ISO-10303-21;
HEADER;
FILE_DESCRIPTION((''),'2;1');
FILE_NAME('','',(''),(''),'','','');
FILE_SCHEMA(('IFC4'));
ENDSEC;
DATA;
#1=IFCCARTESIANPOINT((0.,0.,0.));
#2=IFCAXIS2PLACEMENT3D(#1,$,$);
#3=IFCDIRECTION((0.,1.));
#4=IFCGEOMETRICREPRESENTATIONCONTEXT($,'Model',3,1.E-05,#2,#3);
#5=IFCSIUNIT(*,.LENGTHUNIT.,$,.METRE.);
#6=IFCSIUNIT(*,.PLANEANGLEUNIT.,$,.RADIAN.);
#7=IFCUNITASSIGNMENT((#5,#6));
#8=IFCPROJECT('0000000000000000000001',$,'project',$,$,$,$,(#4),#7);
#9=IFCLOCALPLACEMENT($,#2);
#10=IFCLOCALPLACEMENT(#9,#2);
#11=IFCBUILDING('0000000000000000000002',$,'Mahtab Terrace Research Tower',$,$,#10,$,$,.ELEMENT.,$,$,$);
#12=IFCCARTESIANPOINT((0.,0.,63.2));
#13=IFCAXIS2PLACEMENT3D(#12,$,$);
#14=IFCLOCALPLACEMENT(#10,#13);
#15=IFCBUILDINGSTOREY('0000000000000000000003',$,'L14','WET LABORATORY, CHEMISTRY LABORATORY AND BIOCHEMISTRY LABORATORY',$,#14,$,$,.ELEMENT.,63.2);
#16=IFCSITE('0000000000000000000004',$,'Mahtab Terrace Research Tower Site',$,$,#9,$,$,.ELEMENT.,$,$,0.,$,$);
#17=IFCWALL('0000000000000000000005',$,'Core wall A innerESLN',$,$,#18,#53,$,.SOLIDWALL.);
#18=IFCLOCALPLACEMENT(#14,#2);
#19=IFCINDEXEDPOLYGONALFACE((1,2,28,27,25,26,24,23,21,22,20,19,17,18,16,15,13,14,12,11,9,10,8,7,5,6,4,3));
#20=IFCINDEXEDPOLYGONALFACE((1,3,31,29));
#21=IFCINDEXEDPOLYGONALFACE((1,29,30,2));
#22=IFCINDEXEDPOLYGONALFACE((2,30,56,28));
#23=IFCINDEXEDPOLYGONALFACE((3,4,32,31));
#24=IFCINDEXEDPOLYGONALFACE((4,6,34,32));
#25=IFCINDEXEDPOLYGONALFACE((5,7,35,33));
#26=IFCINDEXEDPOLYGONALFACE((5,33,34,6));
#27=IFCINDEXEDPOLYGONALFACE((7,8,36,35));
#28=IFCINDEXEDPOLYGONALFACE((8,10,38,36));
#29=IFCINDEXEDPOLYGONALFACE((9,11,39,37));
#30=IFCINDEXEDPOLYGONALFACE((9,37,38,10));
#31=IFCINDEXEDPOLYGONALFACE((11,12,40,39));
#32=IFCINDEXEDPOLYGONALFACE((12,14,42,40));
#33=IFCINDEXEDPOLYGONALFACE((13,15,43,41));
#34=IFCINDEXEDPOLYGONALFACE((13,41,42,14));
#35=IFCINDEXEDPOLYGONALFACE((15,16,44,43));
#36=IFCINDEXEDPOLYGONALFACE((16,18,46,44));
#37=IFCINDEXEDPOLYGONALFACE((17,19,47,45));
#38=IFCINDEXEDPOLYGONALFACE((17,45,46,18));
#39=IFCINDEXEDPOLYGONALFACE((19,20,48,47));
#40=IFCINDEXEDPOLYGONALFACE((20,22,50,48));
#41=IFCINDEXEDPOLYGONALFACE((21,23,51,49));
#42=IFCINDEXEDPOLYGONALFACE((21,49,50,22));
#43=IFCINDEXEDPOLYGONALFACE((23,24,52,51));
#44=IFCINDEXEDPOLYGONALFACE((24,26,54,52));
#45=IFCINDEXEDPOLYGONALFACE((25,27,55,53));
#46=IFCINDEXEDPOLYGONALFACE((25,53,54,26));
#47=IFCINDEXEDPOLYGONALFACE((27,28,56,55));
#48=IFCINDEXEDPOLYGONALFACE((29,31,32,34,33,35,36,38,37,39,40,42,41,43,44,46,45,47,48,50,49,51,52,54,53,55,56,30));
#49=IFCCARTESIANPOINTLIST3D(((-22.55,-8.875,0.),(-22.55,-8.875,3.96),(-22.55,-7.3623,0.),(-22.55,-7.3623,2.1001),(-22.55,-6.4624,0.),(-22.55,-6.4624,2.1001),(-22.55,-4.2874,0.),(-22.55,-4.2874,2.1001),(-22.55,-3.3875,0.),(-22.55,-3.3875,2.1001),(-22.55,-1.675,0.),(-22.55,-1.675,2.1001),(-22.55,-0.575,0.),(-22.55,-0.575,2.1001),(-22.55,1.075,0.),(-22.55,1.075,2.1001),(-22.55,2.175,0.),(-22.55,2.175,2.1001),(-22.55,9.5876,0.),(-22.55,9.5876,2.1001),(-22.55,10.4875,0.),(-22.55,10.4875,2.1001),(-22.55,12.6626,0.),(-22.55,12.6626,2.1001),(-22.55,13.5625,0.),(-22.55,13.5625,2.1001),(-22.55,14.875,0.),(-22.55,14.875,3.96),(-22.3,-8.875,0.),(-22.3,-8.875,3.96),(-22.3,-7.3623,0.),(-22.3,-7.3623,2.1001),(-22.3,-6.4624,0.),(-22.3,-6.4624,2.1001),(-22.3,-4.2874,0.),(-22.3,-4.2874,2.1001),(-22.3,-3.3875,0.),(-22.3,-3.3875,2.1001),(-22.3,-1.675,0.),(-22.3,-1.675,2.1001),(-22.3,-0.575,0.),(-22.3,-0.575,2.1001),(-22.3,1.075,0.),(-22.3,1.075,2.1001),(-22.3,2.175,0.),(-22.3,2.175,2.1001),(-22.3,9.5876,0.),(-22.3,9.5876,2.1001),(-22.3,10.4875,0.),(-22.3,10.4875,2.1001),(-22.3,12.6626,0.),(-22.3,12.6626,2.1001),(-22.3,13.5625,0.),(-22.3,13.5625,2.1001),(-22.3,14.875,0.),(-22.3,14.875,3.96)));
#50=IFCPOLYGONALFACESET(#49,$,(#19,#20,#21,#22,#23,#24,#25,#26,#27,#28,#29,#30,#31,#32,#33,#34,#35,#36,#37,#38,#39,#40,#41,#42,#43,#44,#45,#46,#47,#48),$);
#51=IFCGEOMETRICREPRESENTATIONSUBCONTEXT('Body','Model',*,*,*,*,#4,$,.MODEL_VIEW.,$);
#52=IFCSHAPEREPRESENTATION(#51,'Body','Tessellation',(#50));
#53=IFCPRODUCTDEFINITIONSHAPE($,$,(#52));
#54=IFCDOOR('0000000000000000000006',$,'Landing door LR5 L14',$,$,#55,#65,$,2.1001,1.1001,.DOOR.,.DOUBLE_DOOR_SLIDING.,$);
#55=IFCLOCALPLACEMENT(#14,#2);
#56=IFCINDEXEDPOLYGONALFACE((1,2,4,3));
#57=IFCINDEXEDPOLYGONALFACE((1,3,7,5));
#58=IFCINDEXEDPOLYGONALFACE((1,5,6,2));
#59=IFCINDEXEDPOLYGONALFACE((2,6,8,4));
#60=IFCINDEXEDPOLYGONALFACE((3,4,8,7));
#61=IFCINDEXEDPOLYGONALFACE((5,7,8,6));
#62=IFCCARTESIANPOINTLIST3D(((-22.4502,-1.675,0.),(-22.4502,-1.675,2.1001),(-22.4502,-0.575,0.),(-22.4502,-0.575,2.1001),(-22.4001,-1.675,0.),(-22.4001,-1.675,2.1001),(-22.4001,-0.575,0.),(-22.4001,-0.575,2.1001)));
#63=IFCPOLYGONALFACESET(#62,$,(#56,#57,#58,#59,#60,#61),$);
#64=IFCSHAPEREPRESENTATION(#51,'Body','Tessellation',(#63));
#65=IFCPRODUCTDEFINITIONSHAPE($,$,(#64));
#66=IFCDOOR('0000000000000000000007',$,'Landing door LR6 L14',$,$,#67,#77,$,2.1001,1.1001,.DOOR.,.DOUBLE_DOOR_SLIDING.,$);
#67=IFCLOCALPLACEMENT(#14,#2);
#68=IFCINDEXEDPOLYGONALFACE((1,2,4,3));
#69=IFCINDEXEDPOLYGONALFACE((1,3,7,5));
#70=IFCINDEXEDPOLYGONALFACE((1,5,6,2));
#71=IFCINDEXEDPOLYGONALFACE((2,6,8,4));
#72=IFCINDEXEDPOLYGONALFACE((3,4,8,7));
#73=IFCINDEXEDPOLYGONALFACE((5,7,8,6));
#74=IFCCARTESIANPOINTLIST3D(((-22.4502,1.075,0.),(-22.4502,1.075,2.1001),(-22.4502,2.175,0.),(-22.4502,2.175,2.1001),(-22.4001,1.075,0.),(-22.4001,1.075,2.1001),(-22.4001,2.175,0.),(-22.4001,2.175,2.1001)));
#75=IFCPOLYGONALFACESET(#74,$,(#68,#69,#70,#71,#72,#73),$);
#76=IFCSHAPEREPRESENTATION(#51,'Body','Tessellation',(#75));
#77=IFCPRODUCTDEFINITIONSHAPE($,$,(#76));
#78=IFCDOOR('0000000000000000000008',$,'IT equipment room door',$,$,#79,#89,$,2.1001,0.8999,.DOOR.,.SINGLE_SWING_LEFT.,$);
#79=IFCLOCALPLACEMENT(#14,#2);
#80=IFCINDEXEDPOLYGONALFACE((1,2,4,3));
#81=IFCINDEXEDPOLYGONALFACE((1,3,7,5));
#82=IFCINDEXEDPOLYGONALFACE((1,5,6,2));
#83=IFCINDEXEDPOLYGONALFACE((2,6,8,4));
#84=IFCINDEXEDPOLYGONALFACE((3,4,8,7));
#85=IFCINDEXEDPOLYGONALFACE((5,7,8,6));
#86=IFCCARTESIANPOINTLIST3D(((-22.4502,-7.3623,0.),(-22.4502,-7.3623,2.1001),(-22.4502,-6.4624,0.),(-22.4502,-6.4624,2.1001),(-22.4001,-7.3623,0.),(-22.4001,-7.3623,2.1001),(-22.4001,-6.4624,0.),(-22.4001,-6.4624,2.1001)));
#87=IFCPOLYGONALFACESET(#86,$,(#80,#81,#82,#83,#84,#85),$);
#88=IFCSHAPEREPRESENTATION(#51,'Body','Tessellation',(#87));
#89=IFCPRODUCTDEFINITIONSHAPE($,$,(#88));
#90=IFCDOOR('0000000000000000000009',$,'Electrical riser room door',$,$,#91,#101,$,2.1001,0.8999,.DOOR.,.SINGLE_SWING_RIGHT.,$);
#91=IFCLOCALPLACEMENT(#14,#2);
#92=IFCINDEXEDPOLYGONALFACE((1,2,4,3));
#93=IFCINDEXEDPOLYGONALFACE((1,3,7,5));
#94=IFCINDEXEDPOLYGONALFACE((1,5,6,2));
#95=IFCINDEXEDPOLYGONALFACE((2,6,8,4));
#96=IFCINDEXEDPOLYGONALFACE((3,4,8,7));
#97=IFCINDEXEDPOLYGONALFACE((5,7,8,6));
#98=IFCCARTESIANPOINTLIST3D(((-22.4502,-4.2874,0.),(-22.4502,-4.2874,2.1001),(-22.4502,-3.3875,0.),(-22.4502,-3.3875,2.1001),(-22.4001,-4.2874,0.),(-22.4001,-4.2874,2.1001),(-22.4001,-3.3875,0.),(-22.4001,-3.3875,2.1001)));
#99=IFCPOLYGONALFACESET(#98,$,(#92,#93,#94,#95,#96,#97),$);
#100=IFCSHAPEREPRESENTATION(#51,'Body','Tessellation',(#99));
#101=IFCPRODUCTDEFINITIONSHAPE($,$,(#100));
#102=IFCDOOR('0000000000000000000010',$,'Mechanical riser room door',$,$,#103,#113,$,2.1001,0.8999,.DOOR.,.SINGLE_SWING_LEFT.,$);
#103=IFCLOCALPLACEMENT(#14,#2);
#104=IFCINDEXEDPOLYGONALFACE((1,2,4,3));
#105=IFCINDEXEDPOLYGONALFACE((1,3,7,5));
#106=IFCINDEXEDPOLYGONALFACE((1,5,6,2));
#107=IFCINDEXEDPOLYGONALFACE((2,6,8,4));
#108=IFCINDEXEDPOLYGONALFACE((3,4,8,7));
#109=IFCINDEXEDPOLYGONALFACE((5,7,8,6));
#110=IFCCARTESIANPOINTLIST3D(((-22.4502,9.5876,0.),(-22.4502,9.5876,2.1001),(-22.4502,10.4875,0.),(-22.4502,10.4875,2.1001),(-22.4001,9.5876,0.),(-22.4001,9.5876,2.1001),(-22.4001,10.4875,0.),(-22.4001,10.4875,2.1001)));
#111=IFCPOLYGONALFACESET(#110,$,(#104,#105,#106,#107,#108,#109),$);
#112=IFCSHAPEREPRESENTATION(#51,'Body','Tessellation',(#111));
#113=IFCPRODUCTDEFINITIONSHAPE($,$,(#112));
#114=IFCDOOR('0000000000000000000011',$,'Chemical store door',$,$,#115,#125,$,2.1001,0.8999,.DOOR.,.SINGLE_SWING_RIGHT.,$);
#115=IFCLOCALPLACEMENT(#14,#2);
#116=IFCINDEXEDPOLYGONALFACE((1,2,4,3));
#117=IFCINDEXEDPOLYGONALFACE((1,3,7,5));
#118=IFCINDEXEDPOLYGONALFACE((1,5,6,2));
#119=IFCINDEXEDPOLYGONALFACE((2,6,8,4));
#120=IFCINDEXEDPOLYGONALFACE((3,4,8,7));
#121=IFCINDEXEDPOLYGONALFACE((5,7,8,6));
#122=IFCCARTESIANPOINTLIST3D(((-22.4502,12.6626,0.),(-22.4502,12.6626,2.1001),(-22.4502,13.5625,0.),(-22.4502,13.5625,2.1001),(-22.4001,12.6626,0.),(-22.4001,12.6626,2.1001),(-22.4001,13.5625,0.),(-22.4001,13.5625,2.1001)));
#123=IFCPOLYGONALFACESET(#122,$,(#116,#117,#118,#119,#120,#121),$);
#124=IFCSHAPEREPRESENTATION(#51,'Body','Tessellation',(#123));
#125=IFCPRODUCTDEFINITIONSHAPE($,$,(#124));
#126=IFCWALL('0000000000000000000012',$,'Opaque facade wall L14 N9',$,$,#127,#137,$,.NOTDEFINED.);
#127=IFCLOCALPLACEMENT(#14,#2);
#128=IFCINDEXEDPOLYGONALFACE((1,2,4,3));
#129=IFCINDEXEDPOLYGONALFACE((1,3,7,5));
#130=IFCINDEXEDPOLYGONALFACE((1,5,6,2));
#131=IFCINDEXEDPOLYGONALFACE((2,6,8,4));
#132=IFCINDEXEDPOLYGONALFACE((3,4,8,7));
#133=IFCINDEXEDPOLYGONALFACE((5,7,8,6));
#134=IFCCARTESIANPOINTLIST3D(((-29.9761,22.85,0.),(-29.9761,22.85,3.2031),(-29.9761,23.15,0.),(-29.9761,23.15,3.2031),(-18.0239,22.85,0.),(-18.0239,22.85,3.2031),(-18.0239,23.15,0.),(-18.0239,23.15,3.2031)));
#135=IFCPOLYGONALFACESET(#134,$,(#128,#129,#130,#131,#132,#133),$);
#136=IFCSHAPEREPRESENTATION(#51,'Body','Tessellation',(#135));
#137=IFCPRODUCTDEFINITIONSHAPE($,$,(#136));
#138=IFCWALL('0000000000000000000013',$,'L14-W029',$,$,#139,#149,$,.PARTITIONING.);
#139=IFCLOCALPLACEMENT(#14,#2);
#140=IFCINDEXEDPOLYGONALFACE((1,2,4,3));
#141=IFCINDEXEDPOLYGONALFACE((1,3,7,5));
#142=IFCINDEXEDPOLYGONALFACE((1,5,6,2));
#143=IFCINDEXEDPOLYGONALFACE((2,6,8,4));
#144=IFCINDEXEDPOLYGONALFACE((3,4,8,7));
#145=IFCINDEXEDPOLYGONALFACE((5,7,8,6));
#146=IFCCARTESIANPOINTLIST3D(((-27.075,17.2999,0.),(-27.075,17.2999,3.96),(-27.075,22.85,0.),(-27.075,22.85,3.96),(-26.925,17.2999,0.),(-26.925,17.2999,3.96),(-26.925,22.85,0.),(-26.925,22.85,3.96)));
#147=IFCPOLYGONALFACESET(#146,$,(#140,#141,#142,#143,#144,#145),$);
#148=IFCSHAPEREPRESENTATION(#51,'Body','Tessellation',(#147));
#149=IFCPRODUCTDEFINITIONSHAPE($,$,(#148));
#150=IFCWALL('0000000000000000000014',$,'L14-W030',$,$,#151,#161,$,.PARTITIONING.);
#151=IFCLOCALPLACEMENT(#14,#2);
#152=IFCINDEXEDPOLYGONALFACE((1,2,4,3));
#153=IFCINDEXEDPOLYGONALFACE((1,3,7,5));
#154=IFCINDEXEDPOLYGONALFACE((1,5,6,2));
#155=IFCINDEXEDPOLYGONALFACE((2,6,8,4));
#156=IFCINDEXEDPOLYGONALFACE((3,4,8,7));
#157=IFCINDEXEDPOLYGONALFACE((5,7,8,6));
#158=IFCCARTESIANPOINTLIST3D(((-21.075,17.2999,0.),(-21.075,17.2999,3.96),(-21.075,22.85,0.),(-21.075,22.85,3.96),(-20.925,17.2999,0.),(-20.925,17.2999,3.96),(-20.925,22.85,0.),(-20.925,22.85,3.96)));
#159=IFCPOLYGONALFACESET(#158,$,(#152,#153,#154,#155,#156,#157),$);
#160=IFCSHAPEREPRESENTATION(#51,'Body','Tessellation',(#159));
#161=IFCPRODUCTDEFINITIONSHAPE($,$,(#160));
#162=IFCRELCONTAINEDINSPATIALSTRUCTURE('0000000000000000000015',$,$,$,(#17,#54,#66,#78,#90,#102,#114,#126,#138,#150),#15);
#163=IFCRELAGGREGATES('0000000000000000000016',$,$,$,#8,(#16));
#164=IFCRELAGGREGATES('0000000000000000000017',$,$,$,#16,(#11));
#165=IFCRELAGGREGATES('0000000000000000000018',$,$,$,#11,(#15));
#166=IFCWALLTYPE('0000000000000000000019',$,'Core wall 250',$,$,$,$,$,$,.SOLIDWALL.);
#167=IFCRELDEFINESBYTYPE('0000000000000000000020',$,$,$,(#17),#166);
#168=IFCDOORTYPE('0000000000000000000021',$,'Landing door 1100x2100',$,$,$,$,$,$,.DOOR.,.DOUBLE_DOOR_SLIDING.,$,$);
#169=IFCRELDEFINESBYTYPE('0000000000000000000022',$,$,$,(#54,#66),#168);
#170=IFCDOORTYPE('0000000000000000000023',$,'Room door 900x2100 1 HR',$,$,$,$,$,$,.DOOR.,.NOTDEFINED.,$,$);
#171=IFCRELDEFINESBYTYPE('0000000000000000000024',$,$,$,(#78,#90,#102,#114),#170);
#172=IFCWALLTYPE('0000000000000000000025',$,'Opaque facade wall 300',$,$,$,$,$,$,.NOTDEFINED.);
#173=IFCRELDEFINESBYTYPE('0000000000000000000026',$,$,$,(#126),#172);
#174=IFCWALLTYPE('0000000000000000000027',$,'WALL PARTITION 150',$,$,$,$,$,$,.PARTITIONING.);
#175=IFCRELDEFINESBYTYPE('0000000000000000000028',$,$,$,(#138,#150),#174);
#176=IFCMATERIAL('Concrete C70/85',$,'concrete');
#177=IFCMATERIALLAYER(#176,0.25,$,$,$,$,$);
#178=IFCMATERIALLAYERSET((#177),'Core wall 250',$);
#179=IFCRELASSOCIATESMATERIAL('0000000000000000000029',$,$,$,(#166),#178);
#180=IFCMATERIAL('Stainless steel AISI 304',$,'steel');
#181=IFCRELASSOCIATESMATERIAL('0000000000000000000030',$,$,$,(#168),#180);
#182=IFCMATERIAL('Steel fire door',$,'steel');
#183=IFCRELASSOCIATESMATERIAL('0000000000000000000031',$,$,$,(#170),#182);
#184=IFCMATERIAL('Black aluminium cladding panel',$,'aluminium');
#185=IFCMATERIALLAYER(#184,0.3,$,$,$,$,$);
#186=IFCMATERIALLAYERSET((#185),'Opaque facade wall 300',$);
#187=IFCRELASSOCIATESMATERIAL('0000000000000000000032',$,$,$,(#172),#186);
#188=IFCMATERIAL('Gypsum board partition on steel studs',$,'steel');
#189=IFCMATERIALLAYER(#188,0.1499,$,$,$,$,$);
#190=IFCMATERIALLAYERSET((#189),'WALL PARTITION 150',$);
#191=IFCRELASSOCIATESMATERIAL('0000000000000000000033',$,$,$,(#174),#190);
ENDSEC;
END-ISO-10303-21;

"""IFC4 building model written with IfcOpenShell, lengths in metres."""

from ifc_helpers import new_model, si_unit, direction, frame, frame_2d, origin, place, context, subcontext, project, spatial, rectangle, extrude, material, layer, layer_set, type_object, element, fill, save


model = new_model("IFC4")

# Units and contexts
model_context = context("Model", 3, precision=1e-05, world=origin(), true_north=direction((0.0, 1.0)))
body_context = subcontext(model_context, "Body", "Model", "MODEL_VIEW")
ifc_project = project(units=[si_unit("LENGTHUNIT", "METRE"), si_unit("PLANEANGLEUNIT", "RADIAN")], contexts=[model_context])

# Site, building, storey
site_placement = place(None, origin())
site = spatial("IfcSite", under=ifc_project, at=site_placement, Name="Mahtab Terrace Research Tower Site", CompositionType="ELEMENT", RefElevation=0.0)
building_placement = place(site_placement, origin())
building = spatial("IfcBuilding", under=site, at=building_placement, Name="Mahtab Terrace Research Tower", CompositionType="ELEMENT")
storey_placement = place(building_placement, frame((0.0, 0.0, 63.2)))
storey = spatial("IfcBuildingStorey", under=building, at=storey_placement, Name="L14", Description="WET LABORATORY, CHEMISTRY LABORATORY AND BIOCHEMISTRY LABORATORY", CompositionType="ELEMENT", Elevation=63.2)

# Shared definitions
ifc_material_1 = material(Name="Concrete C70/85", Category="concrete")
ifc_layer_1 = layer(ifc_material_1, 0.25)
ifc_layer_set_1 = layer_set([ifc_layer_1], Name="Core wall 250")
wall_type_1 = type_object("IfcWallType", Name="Core wall 250", PredefinedType="SOLIDWALL", material=ifc_layer_set_1)

# Shared definitions
ifc_material_2 = material(Name="Steel fire door", Category="steel")

# Wall, openings, doors
wall_1_placement = place(storey_placement, frame((-22.425, 14.875, 0.0), z_axis=(0.0, 0.0, 1.0), x_axis=(0.0, -1.0, 0.0)))
wall_1 = element("IfcWall", 1, at=wall_1_placement, inside=storey, type_object=wall_type_1, Name="Core wall A innerESLN", PredefinedType="SOLIDWALL", context=body_context, shape_type="SweptSolid", body=[
    extrude(rectangle(XDim=23.75, YDim=0.25, at=frame_2d((11.875, 0.0))), origin(), (0.0, 0.0, 1.0), 3.96),
])
opening_1_placement = place(wall_1_placement, frame((15.45, 0.0, 0.0)))
opening_1 = element("IfcOpeningElement", 2, at=opening_1_placement, cuts=wall_1, PredefinedType="OPENING", context=body_context, shape_type="SweptSolid", body=[
    extrude(rectangle(XDim=1.1001, YDim=2.1001, at=frame_2d((0.55, 1.05))), frame((0.0, 0.135, 0.0), z_axis=(0.0, -1.0, 0.0), x_axis=(1.0, 0.0, 0.0)), (0.0, 0.0, 1.0), 0.27),
])
opening_2_placement = place(wall_1_placement, frame((12.7, 0.0, 0.0)))
opening_2 = element("IfcOpeningElement", 3, at=opening_2_placement, cuts=wall_1, PredefinedType="OPENING", context=body_context, shape_type="SweptSolid", body=[
    extrude(rectangle(XDim=1.1001, YDim=2.1001, at=frame_2d((0.55, 1.05))), frame((0.0, 0.135, 0.0), z_axis=(0.0, -1.0, 0.0), x_axis=(1.0, 0.0, 0.0)), (0.0, 0.0, 1.0), 0.27),
])
opening_3_placement = place(wall_1_placement, frame((21.3374, 0.0, 0.0)))
opening_3 = element("IfcOpeningElement", 4, at=opening_3_placement, cuts=wall_1, PredefinedType="OPENING", context=body_context, shape_type="SweptSolid", body=[
    extrude(rectangle(XDim=0.8999, YDim=2.1001, at=frame_2d((0.45, 1.05))), frame((0.0, 0.135, 0.0), z_axis=(0.0, -1.0, 0.0), x_axis=(1.0, 0.0, 0.0)), (0.0, 0.0, 1.0), 0.27),
])
opening_4_placement = place(wall_1_placement, frame((18.2625, 0.0, 0.0)))
opening_4 = element("IfcOpeningElement", 5, at=opening_4_placement, cuts=wall_1, PredefinedType="OPENING", context=body_context, shape_type="SweptSolid", body=[
    extrude(rectangle(XDim=0.8999, YDim=2.1001, at=frame_2d((0.45, 1.05))), frame((0.0, 0.135, 0.0), z_axis=(0.0, -1.0, 0.0), x_axis=(1.0, 0.0, 0.0)), (0.0, 0.0, 1.0), 0.27),
])
opening_5_placement = place(wall_1_placement, frame((4.3875, 0.0, 0.0)))
opening_5 = element("IfcOpeningElement", 6, at=opening_5_placement, cuts=wall_1, PredefinedType="OPENING", context=body_context, shape_type="SweptSolid", body=[
    extrude(rectangle(XDim=0.8999, YDim=2.1001, at=frame_2d((0.45, 1.05))), frame((0.0, 0.135, 0.0), z_axis=(0.0, -1.0, 0.0), x_axis=(1.0, 0.0, 0.0)), (0.0, 0.0, 1.0), 0.27),
])
opening_6_placement = place(wall_1_placement, frame((1.3125, 0.0, 0.0)))
opening_6 = element("IfcOpeningElement", 7, at=opening_6_placement, cuts=wall_1, PredefinedType="OPENING", context=body_context, shape_type="SweptSolid", body=[
    extrude(rectangle(XDim=0.8999, YDim=2.1001, at=frame_2d((0.45, 1.05))), frame((0.0, 0.135, 0.0), z_axis=(0.0, -1.0, 0.0), x_axis=(1.0, 0.0, 0.0)), (0.0, 0.0, 1.0), 0.27),
])
ifc_material_3 = material(Name="Stainless steel AISI 304", Category="steel")
door_type_1 = type_object("IfcDoorType", Name="Landing door 1100x2100", OperationType="DOUBLE_DOOR_SLIDING", PredefinedType="DOOR", material=ifc_material_3)
door_1_placement = place(opening_1_placement, origin())
door_1 = element("IfcDoor", 8, at=door_1_placement, inside=storey, type_object=door_type_1, Name="Landing door LR5 L14", OperationType="DOUBLE_DOOR_SLIDING", OverallHeight=2.1001, OverallWidth=1.1001, PredefinedType="DOOR", context=body_context, shape_type="SweptSolid", body=[
    extrude(rectangle(XDim=1.1001, YDim=2.1001, at=frame_2d((0.55, 1.05))), frame((0.0, 0.0249, 0.0), z_axis=(0.0, -1.0, 0.0), x_axis=(1.0, 0.0, 0.0)), (0.0, 0.0, 1.0), 0.05),
])
fill(opening_1, door_1)
door_2_placement = place(opening_2_placement, origin())
door_2 = element("IfcDoor", 9, at=door_2_placement, inside=storey, type_object=door_type_1, Name="Landing door LR6 L14", OperationType="DOUBLE_DOOR_SLIDING", OverallHeight=2.1001, OverallWidth=1.1001, PredefinedType="DOOR", context=body_context, shape_type="SweptSolid", body=[
    extrude(rectangle(XDim=1.1001, YDim=2.1001, at=frame_2d((0.55, 1.05))), frame((0.0, 0.0249, 0.0), z_axis=(0.0, -1.0, 0.0), x_axis=(1.0, 0.0, 0.0)), (0.0, 0.0, 1.0), 0.05),
])
fill(opening_2, door_2)
door_type_2 = type_object("IfcDoorType", Name="Room door 900x2100 1 HR", OperationType="NOTDEFINED", PredefinedType="DOOR", material=ifc_material_2)
door_3_placement = place(opening_3_placement, origin())
door_3 = element("IfcDoor", 10, at=door_3_placement, inside=storey, type_object=door_type_2, Name="IT equipment room door", OperationType="SINGLE_SWING_LEFT", OverallHeight=2.1001, OverallWidth=0.8999, PredefinedType="DOOR", context=body_context, shape_type="SweptSolid", body=[
    extrude(rectangle(XDim=0.8999, YDim=2.1001, at=frame_2d((0.45, 1.05))), frame((0.0, 0.0249, 0.0), z_axis=(0.0, -1.0, 0.0), x_axis=(1.0, 0.0, 0.0)), (0.0, 0.0, 1.0), 0.05),
])
fill(opening_3, door_3)
door_4_placement = place(opening_4_placement, origin())
door_4 = element("IfcDoor", 11, at=door_4_placement, inside=storey, type_object=door_type_2, Name="Electrical riser room door", OperationType="SINGLE_SWING_RIGHT", OverallHeight=2.1001, OverallWidth=0.8999, PredefinedType="DOOR", context=body_context, shape_type="SweptSolid", body=[
    extrude(rectangle(XDim=0.8999, YDim=2.1001, at=frame_2d((0.45, 1.05))), frame((0.0, 0.0249, 0.0), z_axis=(0.0, -1.0, 0.0), x_axis=(1.0, 0.0, 0.0)), (0.0, 0.0, 1.0), 0.05),
])
fill(opening_4, door_4)
door_5_placement = place(opening_5_placement, origin())
door_5 = element("IfcDoor", 12, at=door_5_placement, inside=storey, type_object=door_type_2, Name="Mechanical riser room door", OperationType="SINGLE_SWING_LEFT", OverallHeight=2.1001, OverallWidth=0.8999, PredefinedType="DOOR", context=body_context, shape_type="SweptSolid", body=[
    extrude(rectangle(XDim=0.8999, YDim=2.1001, at=frame_2d((0.45, 1.05))), frame((0.0, 0.0249, 0.0), z_axis=(0.0, -1.0, 0.0), x_axis=(1.0, 0.0, 0.0)), (0.0, 0.0, 1.0), 0.05),
])
fill(opening_5, door_5)
door_6_placement = place(opening_6_placement, origin())
door_6 = element("IfcDoor", 13, at=door_6_placement, inside=storey, type_object=door_type_2, Name="Chemical store door", OperationType="SINGLE_SWING_RIGHT", OverallHeight=2.1001, OverallWidth=0.8999, PredefinedType="DOOR", context=body_context, shape_type="SweptSolid", body=[
    extrude(rectangle(XDim=0.8999, YDim=2.1001, at=frame_2d((0.45, 1.05))), frame((0.0, 0.0249, 0.0), z_axis=(0.0, -1.0, 0.0), x_axis=(1.0, 0.0, 0.0)), (0.0, 0.0, 1.0), 0.05),
])
fill(opening_6, door_6)

# Walls
ifc_material_4 = material(Name="Black aluminium cladding panel", Category="aluminium")
ifc_layer_2 = layer(ifc_material_4, 0.3)
ifc_layer_set_2 = layer_set([ifc_layer_2], Name="Opaque facade wall 300")
wall_type_2 = type_object("IfcWallType", Name="Opaque facade wall 300", PredefinedType="NOTDEFINED", material=ifc_layer_set_2)
wall_2_placement = place(storey_placement, frame((-18.0239, 23.0, 0.0), z_axis=(0.0, 0.0, 1.0), x_axis=(-1.0, 0.0, 0.0)))
element("IfcWall", 14, at=wall_2_placement, inside=storey, type_object=wall_type_2, Name="Opaque facade wall L14 N9", PredefinedType="NOTDEFINED", context=body_context, shape_type="SweptSolid", body=[
    extrude(rectangle(XDim=11.9521, YDim=0.3, at=frame_2d((5.9761, 0.0))), origin(), (0.0, 0.0, 1.0), 3.2031),
])
ifc_material_5 = material(Name="Gypsum board partition on steel studs", Category="steel")
ifc_layer_3 = layer(ifc_material_5, 0.1499)
ifc_layer_set_3 = layer_set([ifc_layer_3], Name="WALL PARTITION 150")
wall_type_3 = type_object("IfcWallType", Name="WALL PARTITION 150", PredefinedType="PARTITIONING", material=ifc_layer_set_3)
for number, where, z_axis, x_axis, name in (
    (15, (-27.0, 17.3, 0.0), (0.0, 0.0, 1.0), (0.0, 1.0, 0.0), "L14-W029"),
    (16, (-21.0, 17.3, 0.0), (0.0, 0.0, 1.0), (0.0, 1.0, 0.0), "L14-W030"),
):
    element("IfcWall", number, at=place(storey_placement, frame(where, z_axis=z_axis, x_axis=x_axis)), inside=storey, type_object=wall_type_3, Name=name, PredefinedType="PARTITIONING", context=body_context, shape_type="SweptSolid", body=[
        extrude(rectangle(XDim=5.55, YDim=0.1499, at=frame_2d((2.7749, 0.0))), origin(), (0.0, 0.0, 1.0), 3.96),
    ])

save(model, "model.ifc")
